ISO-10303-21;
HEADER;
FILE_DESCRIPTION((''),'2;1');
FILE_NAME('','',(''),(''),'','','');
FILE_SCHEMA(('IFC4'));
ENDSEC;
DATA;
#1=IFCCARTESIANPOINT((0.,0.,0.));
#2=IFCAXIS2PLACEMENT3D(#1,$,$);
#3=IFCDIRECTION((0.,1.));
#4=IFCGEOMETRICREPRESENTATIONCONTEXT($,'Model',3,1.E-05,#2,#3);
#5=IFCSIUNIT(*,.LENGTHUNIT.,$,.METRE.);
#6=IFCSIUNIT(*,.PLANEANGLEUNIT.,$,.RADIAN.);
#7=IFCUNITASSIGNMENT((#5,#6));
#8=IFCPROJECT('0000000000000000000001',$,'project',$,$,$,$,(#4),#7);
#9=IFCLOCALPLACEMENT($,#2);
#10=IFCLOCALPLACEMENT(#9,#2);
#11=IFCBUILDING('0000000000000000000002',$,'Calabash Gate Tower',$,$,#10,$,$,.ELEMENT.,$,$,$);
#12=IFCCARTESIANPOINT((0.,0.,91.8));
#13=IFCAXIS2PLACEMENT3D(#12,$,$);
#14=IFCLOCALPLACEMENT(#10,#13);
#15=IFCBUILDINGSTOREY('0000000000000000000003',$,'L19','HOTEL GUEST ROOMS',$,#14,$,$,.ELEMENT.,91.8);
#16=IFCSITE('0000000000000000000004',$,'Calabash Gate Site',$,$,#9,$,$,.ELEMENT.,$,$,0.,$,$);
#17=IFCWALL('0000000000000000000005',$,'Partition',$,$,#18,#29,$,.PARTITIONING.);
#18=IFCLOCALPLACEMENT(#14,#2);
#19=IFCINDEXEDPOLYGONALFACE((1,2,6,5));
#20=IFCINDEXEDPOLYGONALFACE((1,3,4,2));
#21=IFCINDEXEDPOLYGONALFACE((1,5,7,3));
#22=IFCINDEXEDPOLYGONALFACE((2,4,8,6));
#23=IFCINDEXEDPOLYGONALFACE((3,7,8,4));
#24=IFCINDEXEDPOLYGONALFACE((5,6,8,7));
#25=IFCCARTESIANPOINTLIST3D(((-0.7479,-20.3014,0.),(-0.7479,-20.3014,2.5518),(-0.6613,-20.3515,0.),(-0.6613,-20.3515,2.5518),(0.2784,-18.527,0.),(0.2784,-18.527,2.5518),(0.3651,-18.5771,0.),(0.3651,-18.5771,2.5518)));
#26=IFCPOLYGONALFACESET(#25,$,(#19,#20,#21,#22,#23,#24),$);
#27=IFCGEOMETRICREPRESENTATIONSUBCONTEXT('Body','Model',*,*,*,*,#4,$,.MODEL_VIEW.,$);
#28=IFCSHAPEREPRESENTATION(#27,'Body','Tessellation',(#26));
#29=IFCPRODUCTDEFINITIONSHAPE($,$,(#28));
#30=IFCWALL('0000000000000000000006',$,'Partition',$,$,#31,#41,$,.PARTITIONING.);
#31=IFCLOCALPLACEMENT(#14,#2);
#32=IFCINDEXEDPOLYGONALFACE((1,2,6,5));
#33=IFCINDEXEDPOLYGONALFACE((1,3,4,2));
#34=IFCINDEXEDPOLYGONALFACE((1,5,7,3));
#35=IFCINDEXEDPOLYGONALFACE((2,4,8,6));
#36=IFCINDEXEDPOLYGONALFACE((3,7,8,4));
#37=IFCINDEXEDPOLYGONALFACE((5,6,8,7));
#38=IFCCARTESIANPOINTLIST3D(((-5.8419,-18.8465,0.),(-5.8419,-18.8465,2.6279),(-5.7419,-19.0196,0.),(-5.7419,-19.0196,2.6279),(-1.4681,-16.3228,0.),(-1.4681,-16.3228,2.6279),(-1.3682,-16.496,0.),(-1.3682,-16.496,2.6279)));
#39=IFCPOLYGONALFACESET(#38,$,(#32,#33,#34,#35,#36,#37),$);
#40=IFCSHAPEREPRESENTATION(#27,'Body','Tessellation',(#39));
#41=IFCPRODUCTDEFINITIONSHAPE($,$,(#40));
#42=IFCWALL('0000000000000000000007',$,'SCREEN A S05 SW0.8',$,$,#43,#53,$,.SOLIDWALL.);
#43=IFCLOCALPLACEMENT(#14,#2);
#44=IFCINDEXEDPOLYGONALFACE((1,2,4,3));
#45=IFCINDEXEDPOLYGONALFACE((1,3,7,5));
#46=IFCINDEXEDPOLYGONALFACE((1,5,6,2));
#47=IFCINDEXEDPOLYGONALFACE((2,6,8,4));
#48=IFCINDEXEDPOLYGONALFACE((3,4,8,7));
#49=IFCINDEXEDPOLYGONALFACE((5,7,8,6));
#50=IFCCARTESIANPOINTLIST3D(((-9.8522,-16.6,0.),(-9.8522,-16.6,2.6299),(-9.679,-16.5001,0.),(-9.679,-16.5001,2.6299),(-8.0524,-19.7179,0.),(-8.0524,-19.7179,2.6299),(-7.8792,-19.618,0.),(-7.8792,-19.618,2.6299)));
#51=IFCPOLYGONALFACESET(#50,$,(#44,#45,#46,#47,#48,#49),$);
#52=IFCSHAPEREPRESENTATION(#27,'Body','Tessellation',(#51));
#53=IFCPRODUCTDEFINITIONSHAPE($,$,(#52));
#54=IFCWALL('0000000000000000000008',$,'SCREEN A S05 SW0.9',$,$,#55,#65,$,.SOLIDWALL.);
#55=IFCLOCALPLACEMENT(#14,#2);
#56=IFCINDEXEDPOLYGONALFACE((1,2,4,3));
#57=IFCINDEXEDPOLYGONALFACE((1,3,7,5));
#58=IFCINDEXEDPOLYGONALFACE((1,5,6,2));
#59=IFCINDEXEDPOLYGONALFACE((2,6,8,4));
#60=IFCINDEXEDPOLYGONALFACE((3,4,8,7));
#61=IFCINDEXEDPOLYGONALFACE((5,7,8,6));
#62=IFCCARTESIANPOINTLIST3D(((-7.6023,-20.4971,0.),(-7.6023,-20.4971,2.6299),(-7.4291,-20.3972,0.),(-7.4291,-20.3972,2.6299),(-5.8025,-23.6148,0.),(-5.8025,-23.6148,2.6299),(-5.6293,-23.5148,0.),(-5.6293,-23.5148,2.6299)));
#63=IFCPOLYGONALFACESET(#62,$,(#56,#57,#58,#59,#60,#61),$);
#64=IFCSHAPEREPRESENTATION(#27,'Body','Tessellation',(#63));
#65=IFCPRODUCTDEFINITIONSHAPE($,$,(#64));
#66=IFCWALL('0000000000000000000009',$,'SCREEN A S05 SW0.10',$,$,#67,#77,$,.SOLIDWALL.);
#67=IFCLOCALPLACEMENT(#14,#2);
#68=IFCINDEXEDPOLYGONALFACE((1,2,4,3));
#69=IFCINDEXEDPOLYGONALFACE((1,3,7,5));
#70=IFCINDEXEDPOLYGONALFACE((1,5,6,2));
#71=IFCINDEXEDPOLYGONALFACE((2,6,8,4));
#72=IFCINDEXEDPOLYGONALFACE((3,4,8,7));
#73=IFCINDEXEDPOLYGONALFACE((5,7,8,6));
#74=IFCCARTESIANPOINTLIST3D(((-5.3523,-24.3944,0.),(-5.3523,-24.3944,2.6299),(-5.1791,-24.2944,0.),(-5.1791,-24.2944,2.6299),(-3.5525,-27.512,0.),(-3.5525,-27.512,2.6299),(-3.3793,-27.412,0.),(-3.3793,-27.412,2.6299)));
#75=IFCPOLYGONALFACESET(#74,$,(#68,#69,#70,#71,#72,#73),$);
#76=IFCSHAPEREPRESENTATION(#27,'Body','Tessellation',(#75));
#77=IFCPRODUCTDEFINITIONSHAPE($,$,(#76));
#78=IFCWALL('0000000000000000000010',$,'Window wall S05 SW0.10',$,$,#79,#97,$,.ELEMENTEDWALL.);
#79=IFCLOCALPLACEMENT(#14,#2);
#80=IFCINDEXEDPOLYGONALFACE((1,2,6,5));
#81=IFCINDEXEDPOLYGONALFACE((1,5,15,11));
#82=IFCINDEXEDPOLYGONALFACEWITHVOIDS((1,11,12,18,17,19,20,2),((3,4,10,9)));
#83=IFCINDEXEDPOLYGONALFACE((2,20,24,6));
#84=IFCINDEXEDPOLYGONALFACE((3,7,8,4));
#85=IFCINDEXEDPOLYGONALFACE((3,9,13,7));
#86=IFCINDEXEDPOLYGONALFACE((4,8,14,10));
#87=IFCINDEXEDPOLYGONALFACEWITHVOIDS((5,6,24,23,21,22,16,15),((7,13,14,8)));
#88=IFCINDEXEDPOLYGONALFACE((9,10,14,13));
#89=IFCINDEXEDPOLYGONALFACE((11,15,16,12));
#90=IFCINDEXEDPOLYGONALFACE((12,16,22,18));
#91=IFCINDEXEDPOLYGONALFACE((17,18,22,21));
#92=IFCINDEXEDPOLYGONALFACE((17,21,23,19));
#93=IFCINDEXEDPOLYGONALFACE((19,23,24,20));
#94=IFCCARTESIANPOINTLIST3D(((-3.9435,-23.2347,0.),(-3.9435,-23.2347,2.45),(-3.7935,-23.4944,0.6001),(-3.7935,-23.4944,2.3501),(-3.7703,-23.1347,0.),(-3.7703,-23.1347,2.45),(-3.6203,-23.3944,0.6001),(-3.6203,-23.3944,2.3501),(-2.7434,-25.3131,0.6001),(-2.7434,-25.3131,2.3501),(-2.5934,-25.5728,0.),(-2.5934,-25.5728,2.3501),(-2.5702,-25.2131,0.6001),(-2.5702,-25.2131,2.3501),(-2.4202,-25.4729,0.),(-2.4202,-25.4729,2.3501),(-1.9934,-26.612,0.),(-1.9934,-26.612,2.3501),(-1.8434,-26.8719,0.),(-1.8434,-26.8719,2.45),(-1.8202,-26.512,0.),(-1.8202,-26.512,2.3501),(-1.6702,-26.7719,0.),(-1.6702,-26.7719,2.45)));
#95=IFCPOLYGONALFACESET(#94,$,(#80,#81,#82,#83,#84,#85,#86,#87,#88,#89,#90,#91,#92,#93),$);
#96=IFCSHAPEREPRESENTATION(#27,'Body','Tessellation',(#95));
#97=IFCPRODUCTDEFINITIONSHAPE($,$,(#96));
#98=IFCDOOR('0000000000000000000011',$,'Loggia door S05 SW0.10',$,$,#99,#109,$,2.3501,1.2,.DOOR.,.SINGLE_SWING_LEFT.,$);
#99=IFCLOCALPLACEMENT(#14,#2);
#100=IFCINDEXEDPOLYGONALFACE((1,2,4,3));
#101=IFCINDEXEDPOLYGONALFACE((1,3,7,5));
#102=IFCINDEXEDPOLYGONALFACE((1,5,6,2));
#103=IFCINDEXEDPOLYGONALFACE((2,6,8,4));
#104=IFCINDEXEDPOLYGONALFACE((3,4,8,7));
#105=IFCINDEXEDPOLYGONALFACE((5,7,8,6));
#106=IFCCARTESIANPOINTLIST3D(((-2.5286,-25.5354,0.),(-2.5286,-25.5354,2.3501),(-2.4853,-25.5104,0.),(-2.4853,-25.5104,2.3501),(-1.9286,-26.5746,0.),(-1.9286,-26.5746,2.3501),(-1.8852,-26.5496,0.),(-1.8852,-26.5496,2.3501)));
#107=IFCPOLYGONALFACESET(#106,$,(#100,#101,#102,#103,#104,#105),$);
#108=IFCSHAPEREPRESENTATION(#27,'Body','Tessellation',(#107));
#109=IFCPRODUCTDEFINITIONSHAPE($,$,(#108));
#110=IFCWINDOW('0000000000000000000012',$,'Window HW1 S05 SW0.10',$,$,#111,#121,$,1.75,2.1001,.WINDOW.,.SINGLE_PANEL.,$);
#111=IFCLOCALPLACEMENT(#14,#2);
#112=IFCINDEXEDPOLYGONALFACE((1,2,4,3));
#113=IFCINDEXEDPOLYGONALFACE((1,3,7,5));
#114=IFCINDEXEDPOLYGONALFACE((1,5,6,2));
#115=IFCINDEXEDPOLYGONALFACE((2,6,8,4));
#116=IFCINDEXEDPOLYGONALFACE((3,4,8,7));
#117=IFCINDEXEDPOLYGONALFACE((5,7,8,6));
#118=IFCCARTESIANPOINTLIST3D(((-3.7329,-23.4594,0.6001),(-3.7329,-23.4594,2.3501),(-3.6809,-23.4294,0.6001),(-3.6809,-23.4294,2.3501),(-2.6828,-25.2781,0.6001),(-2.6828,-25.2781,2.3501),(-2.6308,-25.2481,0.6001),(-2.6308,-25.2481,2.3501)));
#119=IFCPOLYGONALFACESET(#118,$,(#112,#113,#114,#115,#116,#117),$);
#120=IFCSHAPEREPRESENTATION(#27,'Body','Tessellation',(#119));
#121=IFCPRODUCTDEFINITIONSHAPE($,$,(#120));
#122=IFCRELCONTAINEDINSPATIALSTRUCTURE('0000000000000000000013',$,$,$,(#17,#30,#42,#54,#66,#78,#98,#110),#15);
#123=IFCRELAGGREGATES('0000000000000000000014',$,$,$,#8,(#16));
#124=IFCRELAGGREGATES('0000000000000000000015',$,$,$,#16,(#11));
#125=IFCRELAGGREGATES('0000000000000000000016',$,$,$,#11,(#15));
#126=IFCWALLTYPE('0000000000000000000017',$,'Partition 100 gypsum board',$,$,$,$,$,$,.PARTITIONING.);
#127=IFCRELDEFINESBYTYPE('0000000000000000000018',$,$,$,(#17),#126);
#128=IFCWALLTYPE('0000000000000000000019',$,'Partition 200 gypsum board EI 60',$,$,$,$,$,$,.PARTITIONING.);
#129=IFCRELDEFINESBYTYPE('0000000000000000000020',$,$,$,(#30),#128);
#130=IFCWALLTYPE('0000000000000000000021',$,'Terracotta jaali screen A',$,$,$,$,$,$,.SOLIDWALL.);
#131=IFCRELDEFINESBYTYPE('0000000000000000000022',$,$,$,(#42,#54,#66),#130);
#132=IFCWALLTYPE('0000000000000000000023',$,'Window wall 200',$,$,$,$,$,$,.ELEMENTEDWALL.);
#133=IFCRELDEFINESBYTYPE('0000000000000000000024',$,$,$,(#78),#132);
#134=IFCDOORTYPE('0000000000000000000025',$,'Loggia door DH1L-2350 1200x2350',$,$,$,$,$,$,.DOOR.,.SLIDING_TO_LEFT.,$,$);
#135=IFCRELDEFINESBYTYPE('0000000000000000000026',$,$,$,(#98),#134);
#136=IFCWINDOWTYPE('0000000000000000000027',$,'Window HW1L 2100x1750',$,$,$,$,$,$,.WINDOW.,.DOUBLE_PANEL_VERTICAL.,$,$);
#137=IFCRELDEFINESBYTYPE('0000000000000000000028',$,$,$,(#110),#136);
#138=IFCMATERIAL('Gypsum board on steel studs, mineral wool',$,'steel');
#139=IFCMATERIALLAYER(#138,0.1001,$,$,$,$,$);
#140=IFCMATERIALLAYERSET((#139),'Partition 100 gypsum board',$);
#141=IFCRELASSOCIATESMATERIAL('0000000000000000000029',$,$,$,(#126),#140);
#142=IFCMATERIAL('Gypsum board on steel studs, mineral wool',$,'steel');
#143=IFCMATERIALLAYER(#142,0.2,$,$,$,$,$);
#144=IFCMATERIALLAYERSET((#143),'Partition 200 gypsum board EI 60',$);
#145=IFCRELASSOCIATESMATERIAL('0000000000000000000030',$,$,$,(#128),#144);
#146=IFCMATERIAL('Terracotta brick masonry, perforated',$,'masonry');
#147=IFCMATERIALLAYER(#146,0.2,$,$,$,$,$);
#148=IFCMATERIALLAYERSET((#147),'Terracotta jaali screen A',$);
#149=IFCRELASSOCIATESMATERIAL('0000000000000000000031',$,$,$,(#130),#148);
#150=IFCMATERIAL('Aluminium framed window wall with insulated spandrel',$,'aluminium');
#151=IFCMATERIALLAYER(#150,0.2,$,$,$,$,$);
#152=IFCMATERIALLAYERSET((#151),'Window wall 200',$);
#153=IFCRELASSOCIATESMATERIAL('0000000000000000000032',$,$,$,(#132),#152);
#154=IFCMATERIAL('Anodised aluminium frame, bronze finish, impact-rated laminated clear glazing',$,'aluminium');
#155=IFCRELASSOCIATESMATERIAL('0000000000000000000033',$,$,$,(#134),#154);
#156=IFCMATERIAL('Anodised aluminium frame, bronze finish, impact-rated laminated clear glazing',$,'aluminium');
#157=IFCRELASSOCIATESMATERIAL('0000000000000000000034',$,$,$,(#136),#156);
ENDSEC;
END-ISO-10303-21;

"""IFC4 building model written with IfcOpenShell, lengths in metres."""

from ifc_helpers import new_model, si_unit, direction, frame, frame_2d, origin, place, context, subcontext, project, spatial, rectangle, extrude, material, layer, layer_set, type_object, element, fill, save


model = new_model("IFC4")

# Units and contexts
model_context = context("Model", 3, precision=1e-05, world=origin(), true_north=direction((0.0, 1.0)))
body_context = subcontext(model_context, "Body", "Model", "MODEL_VIEW")
ifc_project = project(units=[si_unit("LENGTHUNIT", "METRE"), si_unit("PLANEANGLEUNIT", "RADIAN")], contexts=[model_context])

# Site, building, storey
site_placement = place(None, origin())
site = spatial("IfcSite", under=ifc_project, at=site_placement, Name="Calabash Gate Site", CompositionType="ELEMENT", RefElevation=0.0)
building_placement = place(site_placement, origin())
building = spatial("IfcBuilding", under=site, at=building_placement, Name="Calabash Gate Tower", CompositionType="ELEMENT")
storey_placement = place(building_placement, frame((0.0, 0.0, 91.8)))
storey = spatial("IfcBuildingStorey", under=building, at=storey_placement, Name="L19", Description="HOTEL GUEST ROOMS", CompositionType="ELEMENT", Elevation=91.8)

# Shared definitions
ifc_material_1 = material(Name="Gypsum board on steel studs, mineral wool", Category="steel")
ifc_layer_1 = layer(ifc_material_1, 0.1001)
ifc_layer_set_1 = layer_set([ifc_layer_1], Name="Partition 100 gypsum board")
wall_type_1 = type_object("IfcWallType", Name="Partition 100 gypsum board", PredefinedType="PARTITIONING", material=ifc_layer_set_1)

# Walls
wall_1_placement = place(storey_placement, frame((-0.7046, -20.3264, 0.0), z_axis=(0.0, 0.0, 1.0), x_axis=(0.500698, 0.865622, 0.0)))
element("IfcWall", 1, at=wall_1_placement, inside=storey, type_object=wall_type_1, Name="Partition", PredefinedType="PARTITIONING", context=body_context, shape_type="SweptSolid", body=[
    extrude(rectangle(XDim=2.0498, YDim=0.1001, at=frame_2d((1.0249, 0.0))), origin(), (0.0, 0.0, 1.0), 2.5518),
])
ifc_material_2 = material(Name="Gypsum board on steel studs, mineral wool", Category="steel")
ifc_layer_2 = layer(ifc_material_2, 0.2)
ifc_layer_set_2 = layer_set([ifc_layer_2], Name="Partition 200 gypsum board EI 60")
wall_type_2 = type_object("IfcWallType", Name="Partition 200 gypsum board EI 60", PredefinedType="PARTITIONING", material=ifc_layer_set_2)
wall_2_placement = place(storey_placement, frame((-5.792, -18.9331, 0.0), z_axis=(0.0, 0.0, 1.0), x_axis=(0.866156, 0.499774, 0.0)))
element("IfcWall", 2, at=wall_2_placement, inside=storey, type_object=wall_type_2, Name="Partition", PredefinedType="PARTITIONING", context=body_context, shape_type="SweptSolid", body=[
    extrude(rectangle(XDim=5.0496, YDim=0.2, at=frame_2d((2.5249, 0.0))), origin(), (0.0, 0.0, 1.0), 2.6279),
])
ifc_material_3 = material(Name="Terracotta brick masonry, perforated", Category="masonry")
ifc_layer_3 = layer(ifc_material_3, 0.2)
ifc_layer_set_3 = layer_set([ifc_layer_3], Name="Terracotta jaali screen A")
wall_type_3 = type_object("IfcWallType", Name="Terracotta jaali screen A", PredefinedType="SOLIDWALL", material=ifc_layer_set_3)
wall_3_placement = place(storey_placement, frame((-9.7656, -16.55, 0.0), z_axis=(0.0, 0.0, 1.0), x_axis=(0.499932, -0.866065, 0.0)))
element("IfcWall", 3, at=wall_3_placement, inside=storey, type_object=wall_type_3, Name="SCREEN A S05 SW0.8", PredefinedType="SOLIDWALL", context=body_context, shape_type="SweptSolid", body=[
    extrude(rectangle(XDim=3.6001, YDim=0.2, at=frame_2d((1.8, 0.0))), origin(), (0.0, 0.0, 1.0), 2.6299),
])
for number, where, z_axis, x_axis, name in (
    (4, (-7.5156, -20.4473, 0.0), (0.0, 0.0, 1.0), (0.499961, -0.866048, 0.0), "SCREEN A S05 SW0.9"),
    (5, (-5.2656, -24.3445, 0.0), (0.0, 0.0, 1.0), (0.499961, -0.866048, 0.0), "SCREEN A S05 SW0.10"),
):
    element("IfcWall", number, at=place(storey_placement, frame(where, z_axis=z_axis, x_axis=x_axis)), inside=storey, type_object=wall_type_3, Name=name, PredefinedType="SOLIDWALL", context=body_context, shape_type="SweptSolid", body=[
        extrude(rectangle(XDim=3.5999, YDim=0.2, at=frame_2d((1.7998, 0.0))), origin(), (0.0, 0.0, 1.0), 2.6299),
    ])

# Wall, openings, door, window
ifc_material_4 = material(Name="Aluminium framed window wall with insulated spandrel", Category="aluminium")
ifc_layer_4 = layer(ifc_material_4, 0.2)
ifc_layer_set_4 = layer_set([ifc_layer_4], Name="Window wall 200")
wall_type_4 = type_object("IfcWallType", Name="Window wall 200", PredefinedType="ELEMENTEDWALL", material=ifc_layer_set_4)
wall_4_placement = place(storey_placement, frame((-3.8569, -23.1846, 0.0), z_axis=(0.0, 0.0, 1.0), x_axis=(0.500028, -0.866009, 0.0)))
wall_4 = element("IfcWall", 6, at=wall_4_placement, inside=storey, type_object=wall_type_4, Name="Window wall S05 SW0.10", PredefinedType="ELEMENTEDWALL", context=body_context, shape_type="SweptSolid", body=[
    extrude(rectangle(XDim=4.2, YDim=0.2, at=frame_2d((2.1001, 0.0))), origin(), (0.0, 0.0, 1.0), 2.45),
])
opening_1_placement = place(wall_4_placement, frame((0.3, 0.0, 0.6001)))
opening_1 = element("IfcOpeningElement", 7, at=opening_1_placement, cuts=wall_4, PredefinedType="OPENING", context=body_context, shape_type="SweptSolid", body=[
    extrude(rectangle(XDim=2.1001, YDim=1.75, at=frame_2d((1.05, 0.875))), frame((0.0, 0.1099, 0.0), z_axis=(0.0, -1.0, 0.0), x_axis=(1.0, 0.0, 0.0)), (0.0, 0.0, 1.0), 0.22),
])
opening_2_placement = place(wall_4_placement, frame((2.7, 0.0, 0.0)))
opening_2 = element("IfcOpeningElement", 8, at=opening_2_placement, cuts=wall_4, PredefinedType="OPENING", context=body_context, shape_type="SweptSolid", body=[
    extrude(rectangle(XDim=1.2, YDim=2.3501, at=frame_2d((0.6001, 1.175))), frame((0.0, 0.1099, 0.0), z_axis=(0.0, -1.0, 0.0), x_axis=(1.0, 0.0, 0.0)), (0.0, 0.0, 1.0), 0.22),
])
ifc_material_5 = material(Name="Anodised aluminium frame, bronze finish, impact-rated laminated clear glazing", Category="aluminium")
door_type_1 = type_object("IfcDoorType", Name="Loggia door DH1L-2350 1200x2350", OperationType="SLIDING_TO_LEFT", PredefinedType="DOOR", material=ifc_material_5)
door_1_placement = place(opening_2_placement, origin())
door_1 = element("IfcDoor", 9, at=door_1_placement, inside=storey, type_object=door_type_1, Name="Loggia door S05 SW0.10", OperationType="SINGLE_SWING_LEFT", OverallHeight=2.3501, OverallWidth=1.2, PredefinedType="DOOR", context=body_context, shape_type="SweptSolid", body=[
    extrude(rectangle(XDim=1.2, YDim=2.3501, at=frame_2d((0.6001, 1.175))), frame((0.0, 0.0249, 0.0), z_axis=(0.0, -1.0, 0.0), x_axis=(1.0, 0.0, 0.0)), (0.0, 0.0, 1.0), 0.05),
])
fill(opening_2, door_1)
ifc_material_6 = material(Name="Anodised aluminium frame, bronze finish, impact-rated laminated clear glazing", Category="aluminium")
window_type_1 = type_object("IfcWindowType", Name="Window HW1L 2100x1750", PartitioningType="DOUBLE_PANEL_VERTICAL", PredefinedType="WINDOW", material=ifc_material_6)
window_1_placement = place(opening_1_placement, origin())
window_1 = element("IfcWindow", 10, at=window_1_placement, inside=storey, type_object=window_type_1, Name="Window HW1 S05 SW0.10", OverallHeight=1.75, OverallWidth=2.1001, PartitioningType="SINGLE_PANEL", PredefinedType="WINDOW", context=body_context, shape_type="SweptSolid", body=[
    extrude(rectangle(XDim=2.1001, YDim=1.75, at=frame_2d((1.05, 0.875))), frame((0.0, 0.03, 0.0), z_axis=(0.0, -1.0, 0.0), x_axis=(1.0, 0.0, 0.0)), (0.0, 0.0, 1.0), 0.0601),
])
fill(opening_1, window_1)

save(model, "model.ifc")
